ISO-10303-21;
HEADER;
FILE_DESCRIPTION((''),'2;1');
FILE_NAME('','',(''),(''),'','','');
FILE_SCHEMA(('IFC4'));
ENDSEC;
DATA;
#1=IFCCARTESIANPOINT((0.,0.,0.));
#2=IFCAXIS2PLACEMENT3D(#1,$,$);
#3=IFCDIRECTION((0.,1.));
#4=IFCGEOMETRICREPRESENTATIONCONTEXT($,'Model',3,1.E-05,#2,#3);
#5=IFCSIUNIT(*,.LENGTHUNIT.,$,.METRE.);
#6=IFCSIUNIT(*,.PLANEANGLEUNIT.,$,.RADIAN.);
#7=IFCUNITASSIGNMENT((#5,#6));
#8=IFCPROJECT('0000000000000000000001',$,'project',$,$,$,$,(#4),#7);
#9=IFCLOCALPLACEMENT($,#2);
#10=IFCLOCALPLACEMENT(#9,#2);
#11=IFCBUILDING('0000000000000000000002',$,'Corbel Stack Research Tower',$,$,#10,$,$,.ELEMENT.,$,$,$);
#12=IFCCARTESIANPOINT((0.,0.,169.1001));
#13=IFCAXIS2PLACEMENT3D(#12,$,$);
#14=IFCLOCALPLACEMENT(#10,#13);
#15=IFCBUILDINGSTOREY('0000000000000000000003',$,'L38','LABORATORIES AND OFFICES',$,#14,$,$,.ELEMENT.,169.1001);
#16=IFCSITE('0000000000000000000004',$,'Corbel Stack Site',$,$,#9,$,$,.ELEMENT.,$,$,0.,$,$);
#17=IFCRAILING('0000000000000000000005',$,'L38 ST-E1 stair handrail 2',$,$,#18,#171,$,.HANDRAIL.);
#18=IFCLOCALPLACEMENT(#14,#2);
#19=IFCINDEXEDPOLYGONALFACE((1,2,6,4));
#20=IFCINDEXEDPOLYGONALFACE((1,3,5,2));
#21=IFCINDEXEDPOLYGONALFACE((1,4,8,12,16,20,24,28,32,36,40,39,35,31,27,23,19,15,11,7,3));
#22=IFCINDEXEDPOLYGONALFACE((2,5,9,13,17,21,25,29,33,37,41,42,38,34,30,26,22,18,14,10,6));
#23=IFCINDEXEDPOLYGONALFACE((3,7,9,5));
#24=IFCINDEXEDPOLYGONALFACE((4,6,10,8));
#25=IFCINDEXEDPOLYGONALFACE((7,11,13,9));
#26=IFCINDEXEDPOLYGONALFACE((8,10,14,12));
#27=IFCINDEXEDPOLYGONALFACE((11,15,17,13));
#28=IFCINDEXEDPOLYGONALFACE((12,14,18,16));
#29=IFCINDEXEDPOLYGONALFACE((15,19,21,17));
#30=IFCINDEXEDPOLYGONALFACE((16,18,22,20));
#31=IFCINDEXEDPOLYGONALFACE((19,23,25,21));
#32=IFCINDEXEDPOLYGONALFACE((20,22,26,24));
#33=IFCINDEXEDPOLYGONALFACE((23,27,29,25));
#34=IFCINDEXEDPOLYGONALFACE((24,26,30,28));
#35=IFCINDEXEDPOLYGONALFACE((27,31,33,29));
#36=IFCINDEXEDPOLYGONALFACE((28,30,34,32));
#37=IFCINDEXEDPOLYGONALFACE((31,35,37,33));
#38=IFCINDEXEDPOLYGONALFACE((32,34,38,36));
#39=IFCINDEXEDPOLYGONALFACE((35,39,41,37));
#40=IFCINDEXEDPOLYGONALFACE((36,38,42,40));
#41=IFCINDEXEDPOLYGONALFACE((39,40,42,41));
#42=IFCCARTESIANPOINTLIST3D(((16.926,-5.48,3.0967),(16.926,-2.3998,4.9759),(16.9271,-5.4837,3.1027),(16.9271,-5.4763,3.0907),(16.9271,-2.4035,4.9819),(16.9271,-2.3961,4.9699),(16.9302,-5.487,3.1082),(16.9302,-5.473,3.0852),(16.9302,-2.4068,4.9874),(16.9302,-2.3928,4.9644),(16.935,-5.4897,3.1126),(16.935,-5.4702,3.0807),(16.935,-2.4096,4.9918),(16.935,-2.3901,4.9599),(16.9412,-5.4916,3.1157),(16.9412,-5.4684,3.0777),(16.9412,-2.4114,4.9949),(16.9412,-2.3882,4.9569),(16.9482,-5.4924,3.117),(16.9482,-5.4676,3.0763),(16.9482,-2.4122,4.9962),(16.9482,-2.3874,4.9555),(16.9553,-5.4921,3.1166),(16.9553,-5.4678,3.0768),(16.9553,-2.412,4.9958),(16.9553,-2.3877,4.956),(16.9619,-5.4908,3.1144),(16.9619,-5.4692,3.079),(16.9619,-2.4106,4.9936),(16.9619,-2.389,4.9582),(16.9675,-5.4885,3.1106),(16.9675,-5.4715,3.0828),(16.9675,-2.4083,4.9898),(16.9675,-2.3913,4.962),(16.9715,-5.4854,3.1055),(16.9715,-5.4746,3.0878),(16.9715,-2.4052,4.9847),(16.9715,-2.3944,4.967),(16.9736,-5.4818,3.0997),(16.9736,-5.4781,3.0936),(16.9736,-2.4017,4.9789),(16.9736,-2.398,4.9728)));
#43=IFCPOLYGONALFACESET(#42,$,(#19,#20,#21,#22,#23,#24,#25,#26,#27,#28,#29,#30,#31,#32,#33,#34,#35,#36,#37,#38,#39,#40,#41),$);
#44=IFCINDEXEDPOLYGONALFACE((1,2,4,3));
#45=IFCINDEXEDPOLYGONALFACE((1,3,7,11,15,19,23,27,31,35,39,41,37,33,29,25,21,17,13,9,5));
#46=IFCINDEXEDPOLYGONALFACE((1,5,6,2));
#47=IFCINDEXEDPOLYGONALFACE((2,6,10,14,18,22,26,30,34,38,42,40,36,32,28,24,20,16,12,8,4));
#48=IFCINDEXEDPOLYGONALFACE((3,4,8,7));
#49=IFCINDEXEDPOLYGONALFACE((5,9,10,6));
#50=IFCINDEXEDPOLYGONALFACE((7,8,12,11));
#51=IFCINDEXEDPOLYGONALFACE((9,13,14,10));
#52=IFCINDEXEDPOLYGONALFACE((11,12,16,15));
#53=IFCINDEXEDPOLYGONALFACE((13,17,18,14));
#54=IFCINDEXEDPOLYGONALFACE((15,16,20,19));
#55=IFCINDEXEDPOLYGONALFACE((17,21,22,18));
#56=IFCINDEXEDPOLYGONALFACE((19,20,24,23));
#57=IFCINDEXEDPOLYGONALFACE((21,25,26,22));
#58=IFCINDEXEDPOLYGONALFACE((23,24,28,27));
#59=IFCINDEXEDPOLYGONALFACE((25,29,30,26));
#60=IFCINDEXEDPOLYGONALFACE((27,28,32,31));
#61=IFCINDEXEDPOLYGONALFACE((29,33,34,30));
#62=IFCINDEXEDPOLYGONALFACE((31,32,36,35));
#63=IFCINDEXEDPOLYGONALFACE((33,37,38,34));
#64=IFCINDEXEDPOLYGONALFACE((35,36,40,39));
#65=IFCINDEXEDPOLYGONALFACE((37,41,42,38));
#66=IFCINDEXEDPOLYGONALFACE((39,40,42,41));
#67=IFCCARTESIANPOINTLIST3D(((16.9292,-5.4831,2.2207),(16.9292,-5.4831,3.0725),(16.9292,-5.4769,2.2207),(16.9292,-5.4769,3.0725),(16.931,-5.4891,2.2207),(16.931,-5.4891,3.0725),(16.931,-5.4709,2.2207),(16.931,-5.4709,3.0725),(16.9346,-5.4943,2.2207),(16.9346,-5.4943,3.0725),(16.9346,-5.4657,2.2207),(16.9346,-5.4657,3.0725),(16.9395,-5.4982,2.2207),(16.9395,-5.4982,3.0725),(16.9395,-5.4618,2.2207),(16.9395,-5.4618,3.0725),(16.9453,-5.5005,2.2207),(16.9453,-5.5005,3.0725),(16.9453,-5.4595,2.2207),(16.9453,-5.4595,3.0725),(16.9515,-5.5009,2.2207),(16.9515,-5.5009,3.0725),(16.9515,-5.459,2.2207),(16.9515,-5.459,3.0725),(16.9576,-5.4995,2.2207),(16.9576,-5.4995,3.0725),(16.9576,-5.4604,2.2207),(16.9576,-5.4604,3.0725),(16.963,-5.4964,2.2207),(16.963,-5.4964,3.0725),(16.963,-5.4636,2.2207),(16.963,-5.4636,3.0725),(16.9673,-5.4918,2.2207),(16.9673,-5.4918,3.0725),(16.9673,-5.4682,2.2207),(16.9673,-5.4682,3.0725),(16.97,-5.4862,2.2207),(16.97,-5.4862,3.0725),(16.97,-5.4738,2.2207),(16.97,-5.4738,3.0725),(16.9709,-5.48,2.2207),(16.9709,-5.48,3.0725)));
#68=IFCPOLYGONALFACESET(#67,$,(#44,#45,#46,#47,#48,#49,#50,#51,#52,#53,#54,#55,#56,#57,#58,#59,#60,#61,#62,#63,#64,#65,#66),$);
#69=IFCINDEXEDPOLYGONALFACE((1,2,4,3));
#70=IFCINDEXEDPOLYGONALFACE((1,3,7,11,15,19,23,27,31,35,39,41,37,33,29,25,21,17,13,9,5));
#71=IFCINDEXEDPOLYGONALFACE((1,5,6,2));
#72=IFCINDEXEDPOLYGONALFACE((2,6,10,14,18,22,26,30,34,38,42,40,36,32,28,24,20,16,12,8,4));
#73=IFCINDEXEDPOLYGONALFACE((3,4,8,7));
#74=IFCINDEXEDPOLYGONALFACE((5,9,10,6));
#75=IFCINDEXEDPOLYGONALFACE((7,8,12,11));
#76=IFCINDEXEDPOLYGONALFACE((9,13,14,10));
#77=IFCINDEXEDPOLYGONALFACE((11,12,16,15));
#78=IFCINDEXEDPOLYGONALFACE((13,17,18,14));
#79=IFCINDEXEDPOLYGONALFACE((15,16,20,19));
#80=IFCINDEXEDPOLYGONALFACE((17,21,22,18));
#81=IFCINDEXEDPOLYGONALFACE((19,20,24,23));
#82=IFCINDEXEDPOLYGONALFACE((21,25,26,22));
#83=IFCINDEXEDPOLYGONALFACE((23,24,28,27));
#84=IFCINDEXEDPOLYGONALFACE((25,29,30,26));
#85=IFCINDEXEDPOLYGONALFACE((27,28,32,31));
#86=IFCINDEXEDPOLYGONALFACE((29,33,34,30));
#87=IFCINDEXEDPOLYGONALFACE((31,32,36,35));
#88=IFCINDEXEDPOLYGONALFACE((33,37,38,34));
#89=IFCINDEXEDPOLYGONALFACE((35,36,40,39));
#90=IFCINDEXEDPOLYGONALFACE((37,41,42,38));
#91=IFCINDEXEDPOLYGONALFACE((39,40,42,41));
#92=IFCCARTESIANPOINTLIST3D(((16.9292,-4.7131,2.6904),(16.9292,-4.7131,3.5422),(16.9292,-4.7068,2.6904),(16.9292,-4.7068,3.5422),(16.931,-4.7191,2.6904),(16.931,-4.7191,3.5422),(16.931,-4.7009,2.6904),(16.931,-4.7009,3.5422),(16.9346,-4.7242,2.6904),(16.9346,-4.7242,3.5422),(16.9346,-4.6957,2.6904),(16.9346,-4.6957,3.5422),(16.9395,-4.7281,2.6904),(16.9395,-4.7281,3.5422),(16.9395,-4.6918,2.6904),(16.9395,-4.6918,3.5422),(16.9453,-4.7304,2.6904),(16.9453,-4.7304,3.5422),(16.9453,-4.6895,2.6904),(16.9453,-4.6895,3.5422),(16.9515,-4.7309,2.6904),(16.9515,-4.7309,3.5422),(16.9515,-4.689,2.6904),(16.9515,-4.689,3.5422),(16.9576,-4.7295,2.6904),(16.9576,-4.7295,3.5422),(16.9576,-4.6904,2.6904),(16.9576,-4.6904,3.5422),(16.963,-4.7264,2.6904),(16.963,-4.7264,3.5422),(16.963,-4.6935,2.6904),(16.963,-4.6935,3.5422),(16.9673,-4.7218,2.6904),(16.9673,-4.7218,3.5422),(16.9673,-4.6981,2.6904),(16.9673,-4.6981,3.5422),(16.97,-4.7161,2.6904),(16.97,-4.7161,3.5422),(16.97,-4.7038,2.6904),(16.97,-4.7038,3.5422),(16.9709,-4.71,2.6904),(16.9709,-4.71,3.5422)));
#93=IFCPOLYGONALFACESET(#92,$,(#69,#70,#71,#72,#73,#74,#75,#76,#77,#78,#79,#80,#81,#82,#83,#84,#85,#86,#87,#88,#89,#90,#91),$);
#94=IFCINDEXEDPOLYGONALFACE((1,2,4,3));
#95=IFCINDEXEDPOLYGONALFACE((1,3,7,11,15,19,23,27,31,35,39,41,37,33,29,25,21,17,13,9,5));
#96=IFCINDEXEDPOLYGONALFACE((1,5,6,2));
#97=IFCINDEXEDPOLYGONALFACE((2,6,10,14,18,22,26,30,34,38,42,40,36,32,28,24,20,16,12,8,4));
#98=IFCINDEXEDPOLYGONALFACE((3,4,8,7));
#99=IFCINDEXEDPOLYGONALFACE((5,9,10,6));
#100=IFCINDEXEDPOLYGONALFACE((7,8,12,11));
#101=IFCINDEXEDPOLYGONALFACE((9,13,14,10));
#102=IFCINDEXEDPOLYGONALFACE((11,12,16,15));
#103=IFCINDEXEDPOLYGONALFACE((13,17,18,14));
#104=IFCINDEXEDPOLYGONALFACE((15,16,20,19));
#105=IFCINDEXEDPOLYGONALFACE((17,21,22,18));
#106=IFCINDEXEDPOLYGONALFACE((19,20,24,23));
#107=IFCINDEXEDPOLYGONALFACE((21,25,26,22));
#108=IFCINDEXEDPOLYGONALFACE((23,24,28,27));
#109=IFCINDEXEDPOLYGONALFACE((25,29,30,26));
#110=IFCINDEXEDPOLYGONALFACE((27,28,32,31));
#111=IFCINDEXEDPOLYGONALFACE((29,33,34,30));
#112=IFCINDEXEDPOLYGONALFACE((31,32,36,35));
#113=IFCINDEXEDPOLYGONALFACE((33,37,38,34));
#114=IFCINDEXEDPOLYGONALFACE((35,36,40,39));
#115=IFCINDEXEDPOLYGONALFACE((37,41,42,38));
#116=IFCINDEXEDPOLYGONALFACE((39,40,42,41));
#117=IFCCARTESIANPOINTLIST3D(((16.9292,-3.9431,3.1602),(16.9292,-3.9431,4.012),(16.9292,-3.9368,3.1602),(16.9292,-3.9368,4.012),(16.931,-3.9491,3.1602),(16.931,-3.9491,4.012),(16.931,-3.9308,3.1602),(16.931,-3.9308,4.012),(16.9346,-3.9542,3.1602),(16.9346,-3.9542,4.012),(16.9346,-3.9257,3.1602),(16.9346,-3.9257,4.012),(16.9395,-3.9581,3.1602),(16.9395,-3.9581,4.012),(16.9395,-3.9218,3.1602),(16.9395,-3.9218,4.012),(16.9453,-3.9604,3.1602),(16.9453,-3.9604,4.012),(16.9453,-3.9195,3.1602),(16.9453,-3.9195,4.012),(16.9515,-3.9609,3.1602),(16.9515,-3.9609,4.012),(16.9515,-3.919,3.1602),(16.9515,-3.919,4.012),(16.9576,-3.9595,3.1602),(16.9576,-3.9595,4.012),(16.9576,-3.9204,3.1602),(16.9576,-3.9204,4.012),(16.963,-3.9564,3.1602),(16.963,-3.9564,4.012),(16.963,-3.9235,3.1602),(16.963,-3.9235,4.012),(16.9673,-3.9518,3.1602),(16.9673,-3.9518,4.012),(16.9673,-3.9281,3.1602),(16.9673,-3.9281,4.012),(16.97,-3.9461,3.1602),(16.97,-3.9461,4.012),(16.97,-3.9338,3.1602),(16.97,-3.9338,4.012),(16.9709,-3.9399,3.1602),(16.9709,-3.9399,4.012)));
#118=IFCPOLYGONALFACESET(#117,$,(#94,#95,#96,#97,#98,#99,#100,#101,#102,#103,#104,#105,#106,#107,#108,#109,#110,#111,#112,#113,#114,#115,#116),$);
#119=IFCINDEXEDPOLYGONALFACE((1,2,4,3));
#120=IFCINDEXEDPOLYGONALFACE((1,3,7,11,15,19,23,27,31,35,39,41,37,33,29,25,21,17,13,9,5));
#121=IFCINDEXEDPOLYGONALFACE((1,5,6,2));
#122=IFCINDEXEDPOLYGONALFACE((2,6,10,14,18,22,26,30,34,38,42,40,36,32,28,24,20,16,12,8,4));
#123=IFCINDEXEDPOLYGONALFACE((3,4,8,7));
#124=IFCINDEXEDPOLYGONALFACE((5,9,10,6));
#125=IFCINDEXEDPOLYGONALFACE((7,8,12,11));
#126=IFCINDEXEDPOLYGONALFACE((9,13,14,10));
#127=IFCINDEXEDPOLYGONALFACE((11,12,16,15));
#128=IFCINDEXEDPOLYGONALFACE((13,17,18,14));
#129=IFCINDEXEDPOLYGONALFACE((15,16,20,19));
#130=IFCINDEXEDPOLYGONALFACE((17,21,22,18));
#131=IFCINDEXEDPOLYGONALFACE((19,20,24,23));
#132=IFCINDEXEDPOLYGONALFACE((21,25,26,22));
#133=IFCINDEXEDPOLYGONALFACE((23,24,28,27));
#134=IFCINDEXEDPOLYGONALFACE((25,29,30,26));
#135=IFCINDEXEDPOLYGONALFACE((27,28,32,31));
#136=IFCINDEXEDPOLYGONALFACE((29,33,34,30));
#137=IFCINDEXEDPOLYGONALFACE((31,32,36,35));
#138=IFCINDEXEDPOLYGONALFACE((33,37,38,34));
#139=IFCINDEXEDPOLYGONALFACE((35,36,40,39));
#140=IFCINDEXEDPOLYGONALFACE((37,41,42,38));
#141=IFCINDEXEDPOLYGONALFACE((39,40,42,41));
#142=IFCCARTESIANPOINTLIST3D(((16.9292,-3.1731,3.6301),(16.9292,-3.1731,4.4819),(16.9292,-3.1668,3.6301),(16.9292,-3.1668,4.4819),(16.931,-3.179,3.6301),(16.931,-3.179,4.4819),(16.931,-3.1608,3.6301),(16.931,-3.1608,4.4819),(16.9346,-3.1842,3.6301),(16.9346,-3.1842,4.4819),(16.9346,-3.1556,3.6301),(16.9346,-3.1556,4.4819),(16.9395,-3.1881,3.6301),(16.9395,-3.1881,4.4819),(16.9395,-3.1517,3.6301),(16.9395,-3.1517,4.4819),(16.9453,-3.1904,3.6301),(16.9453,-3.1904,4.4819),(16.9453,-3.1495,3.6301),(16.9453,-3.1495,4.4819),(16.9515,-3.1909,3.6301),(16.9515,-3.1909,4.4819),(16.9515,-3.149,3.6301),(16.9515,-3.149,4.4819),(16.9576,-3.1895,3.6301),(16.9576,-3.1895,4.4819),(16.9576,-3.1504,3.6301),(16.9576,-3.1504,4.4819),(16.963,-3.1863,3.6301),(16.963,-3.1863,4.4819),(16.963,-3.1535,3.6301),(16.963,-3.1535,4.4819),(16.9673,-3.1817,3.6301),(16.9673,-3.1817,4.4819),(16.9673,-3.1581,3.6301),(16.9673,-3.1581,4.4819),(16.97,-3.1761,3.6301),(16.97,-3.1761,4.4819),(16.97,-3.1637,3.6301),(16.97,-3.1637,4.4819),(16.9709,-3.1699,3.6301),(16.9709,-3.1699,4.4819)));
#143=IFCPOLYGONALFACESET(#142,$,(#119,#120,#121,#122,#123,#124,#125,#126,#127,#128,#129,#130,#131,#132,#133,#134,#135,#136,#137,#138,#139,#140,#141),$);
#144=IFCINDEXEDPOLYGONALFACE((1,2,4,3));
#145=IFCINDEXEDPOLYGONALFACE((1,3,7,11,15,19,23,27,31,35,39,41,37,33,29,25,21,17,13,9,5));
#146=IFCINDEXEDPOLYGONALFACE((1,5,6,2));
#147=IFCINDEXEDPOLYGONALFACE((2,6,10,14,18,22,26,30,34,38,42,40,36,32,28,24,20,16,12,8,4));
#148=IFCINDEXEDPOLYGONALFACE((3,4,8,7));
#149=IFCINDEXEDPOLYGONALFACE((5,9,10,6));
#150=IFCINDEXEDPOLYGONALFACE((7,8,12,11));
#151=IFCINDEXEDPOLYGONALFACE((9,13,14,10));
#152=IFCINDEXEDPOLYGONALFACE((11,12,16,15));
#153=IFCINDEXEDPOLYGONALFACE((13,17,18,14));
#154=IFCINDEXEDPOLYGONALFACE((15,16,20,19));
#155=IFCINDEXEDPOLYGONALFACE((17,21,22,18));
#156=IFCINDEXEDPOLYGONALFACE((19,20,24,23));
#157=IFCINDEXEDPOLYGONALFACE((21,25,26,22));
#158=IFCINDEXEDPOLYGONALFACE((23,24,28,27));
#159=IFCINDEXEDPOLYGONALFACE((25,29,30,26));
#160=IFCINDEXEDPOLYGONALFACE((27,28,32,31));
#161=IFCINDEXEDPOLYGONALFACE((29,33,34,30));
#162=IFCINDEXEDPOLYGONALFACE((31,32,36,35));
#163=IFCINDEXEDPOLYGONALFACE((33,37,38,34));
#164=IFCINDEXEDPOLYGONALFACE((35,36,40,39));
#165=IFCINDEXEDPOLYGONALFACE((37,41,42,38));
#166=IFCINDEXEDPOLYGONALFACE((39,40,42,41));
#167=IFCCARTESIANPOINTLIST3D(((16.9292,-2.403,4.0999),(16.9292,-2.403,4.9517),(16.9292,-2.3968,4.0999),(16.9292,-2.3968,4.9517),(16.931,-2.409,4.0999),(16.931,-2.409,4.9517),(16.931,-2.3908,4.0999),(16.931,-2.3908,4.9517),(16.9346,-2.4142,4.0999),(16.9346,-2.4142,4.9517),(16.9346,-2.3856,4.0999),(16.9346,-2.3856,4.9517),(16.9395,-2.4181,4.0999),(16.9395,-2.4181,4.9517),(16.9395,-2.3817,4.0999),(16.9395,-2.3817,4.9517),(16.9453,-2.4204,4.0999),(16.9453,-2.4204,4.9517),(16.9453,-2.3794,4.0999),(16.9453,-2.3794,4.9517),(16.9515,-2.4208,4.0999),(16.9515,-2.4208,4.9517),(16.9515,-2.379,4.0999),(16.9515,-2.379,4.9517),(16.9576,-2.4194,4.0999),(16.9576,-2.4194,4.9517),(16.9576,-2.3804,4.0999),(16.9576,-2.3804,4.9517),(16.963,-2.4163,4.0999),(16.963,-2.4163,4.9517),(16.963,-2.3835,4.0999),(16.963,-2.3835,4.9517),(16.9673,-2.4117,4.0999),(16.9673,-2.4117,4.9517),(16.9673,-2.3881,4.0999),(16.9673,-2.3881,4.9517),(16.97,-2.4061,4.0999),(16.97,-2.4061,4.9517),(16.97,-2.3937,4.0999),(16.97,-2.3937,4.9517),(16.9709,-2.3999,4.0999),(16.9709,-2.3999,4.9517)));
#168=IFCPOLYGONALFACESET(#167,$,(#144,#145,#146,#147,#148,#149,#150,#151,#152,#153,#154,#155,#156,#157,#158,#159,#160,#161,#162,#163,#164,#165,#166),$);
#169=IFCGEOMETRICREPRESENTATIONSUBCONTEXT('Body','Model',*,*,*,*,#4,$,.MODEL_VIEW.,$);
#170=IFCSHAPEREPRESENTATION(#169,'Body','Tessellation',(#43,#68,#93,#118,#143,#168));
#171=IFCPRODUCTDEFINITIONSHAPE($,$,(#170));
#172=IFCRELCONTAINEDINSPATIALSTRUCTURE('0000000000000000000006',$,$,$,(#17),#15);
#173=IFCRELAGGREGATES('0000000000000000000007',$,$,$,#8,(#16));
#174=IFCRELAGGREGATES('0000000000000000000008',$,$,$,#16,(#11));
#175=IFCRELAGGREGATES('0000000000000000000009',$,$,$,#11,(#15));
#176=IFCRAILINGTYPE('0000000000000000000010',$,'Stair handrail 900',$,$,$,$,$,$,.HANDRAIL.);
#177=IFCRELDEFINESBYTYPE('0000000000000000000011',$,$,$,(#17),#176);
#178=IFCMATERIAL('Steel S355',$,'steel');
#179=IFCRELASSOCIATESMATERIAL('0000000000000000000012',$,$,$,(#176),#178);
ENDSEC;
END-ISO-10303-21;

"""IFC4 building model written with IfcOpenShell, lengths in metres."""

from ifc_helpers import new_model, si_unit, direction, frame, origin, origin_2d, place, context, subcontext, project, spatial, circle, extrude, material, type_object, element, save


model = new_model("IFC4")

# Units and contexts
model_context = context("Model", 3, precision=1e-05, world=origin(), true_north=direction((0.0, 1.0)))
body_context = subcontext(model_context, "Body", "Model", "MODEL_VIEW")
ifc_project = project(units=[si_unit("LENGTHUNIT", "METRE"), si_unit("PLANEANGLEUNIT", "RADIAN")], contexts=[model_context])

# Site, building, storey
site_placement = place(None, origin())
site = spatial("IfcSite", under=ifc_project, at=site_placement, Name="Corbel Stack Site", CompositionType="ELEMENT", RefElevation=0.0)
building_placement = place(site_placement, origin())
building = spatial("IfcBuilding", under=site, at=building_placement, Name="Corbel Stack Research Tower", CompositionType="ELEMENT")
storey_placement = place(building_placement, frame((0.0, 0.0, 169.1001)))
storey = spatial("IfcBuildingStorey", under=building, at=storey_placement, Name="L38", Description="LABORATORIES AND OFFICES", CompositionType="ELEMENT", Elevation=169.1001)

# Railing
ifc_material_1 = material(Name="Steel S355", Category="steel")
railing_type_1 = type_object("IfcRailingType", Name="Stair handrail 900", PredefinedType="HANDRAIL", material=ifc_material_1)
railing_1_placement = place(storey_placement, frame((16.95, -5.48, 2.2207)))
element("IfcRailing", 1, at=railing_1_placement, inside=storey, type_object=railing_type_1, Name="L38 ST-E1 stair handrail 2", PredefinedType="HANDRAIL", context=body_context, shape_type="SweptSolid", body=[
    extrude(circle(Radius=0.0239, at=origin_2d()), frame((0.0, 0.0, 0.876), z_axis=(0.0, 0.853666, 0.52082), x_axis=(-1.0, 0.0, 0.0)), (0.0, 0.0, 1.0), 3.6082),
    extrude(circle(Radius=0.021, at=origin_2d()), origin(), (0.0, 0.0, 1.0), 0.8518),
    extrude(circle(Radius=0.021, at=origin_2d()), frame((0.0, 0.77, 0.4697)), (0.0, 0.0, 1.0), 0.8518),
    extrude(circle(Radius=0.021, at=origin_2d()), frame((0.0, 1.54, 0.9395)), (0.0, 0.0, 1.0), 0.8518),
    extrude(circle(Radius=0.021, at=origin_2d()), frame((0.0, 2.3101, 1.4094)), (0.0, 0.0, 1.0), 0.8518),
    extrude(circle(Radius=0.021, at=origin_2d()), frame((0.0, 3.0801, 1.8792)), (0.0, 0.0, 1.0), 0.8518),
])

save(model, "model.ifc")
